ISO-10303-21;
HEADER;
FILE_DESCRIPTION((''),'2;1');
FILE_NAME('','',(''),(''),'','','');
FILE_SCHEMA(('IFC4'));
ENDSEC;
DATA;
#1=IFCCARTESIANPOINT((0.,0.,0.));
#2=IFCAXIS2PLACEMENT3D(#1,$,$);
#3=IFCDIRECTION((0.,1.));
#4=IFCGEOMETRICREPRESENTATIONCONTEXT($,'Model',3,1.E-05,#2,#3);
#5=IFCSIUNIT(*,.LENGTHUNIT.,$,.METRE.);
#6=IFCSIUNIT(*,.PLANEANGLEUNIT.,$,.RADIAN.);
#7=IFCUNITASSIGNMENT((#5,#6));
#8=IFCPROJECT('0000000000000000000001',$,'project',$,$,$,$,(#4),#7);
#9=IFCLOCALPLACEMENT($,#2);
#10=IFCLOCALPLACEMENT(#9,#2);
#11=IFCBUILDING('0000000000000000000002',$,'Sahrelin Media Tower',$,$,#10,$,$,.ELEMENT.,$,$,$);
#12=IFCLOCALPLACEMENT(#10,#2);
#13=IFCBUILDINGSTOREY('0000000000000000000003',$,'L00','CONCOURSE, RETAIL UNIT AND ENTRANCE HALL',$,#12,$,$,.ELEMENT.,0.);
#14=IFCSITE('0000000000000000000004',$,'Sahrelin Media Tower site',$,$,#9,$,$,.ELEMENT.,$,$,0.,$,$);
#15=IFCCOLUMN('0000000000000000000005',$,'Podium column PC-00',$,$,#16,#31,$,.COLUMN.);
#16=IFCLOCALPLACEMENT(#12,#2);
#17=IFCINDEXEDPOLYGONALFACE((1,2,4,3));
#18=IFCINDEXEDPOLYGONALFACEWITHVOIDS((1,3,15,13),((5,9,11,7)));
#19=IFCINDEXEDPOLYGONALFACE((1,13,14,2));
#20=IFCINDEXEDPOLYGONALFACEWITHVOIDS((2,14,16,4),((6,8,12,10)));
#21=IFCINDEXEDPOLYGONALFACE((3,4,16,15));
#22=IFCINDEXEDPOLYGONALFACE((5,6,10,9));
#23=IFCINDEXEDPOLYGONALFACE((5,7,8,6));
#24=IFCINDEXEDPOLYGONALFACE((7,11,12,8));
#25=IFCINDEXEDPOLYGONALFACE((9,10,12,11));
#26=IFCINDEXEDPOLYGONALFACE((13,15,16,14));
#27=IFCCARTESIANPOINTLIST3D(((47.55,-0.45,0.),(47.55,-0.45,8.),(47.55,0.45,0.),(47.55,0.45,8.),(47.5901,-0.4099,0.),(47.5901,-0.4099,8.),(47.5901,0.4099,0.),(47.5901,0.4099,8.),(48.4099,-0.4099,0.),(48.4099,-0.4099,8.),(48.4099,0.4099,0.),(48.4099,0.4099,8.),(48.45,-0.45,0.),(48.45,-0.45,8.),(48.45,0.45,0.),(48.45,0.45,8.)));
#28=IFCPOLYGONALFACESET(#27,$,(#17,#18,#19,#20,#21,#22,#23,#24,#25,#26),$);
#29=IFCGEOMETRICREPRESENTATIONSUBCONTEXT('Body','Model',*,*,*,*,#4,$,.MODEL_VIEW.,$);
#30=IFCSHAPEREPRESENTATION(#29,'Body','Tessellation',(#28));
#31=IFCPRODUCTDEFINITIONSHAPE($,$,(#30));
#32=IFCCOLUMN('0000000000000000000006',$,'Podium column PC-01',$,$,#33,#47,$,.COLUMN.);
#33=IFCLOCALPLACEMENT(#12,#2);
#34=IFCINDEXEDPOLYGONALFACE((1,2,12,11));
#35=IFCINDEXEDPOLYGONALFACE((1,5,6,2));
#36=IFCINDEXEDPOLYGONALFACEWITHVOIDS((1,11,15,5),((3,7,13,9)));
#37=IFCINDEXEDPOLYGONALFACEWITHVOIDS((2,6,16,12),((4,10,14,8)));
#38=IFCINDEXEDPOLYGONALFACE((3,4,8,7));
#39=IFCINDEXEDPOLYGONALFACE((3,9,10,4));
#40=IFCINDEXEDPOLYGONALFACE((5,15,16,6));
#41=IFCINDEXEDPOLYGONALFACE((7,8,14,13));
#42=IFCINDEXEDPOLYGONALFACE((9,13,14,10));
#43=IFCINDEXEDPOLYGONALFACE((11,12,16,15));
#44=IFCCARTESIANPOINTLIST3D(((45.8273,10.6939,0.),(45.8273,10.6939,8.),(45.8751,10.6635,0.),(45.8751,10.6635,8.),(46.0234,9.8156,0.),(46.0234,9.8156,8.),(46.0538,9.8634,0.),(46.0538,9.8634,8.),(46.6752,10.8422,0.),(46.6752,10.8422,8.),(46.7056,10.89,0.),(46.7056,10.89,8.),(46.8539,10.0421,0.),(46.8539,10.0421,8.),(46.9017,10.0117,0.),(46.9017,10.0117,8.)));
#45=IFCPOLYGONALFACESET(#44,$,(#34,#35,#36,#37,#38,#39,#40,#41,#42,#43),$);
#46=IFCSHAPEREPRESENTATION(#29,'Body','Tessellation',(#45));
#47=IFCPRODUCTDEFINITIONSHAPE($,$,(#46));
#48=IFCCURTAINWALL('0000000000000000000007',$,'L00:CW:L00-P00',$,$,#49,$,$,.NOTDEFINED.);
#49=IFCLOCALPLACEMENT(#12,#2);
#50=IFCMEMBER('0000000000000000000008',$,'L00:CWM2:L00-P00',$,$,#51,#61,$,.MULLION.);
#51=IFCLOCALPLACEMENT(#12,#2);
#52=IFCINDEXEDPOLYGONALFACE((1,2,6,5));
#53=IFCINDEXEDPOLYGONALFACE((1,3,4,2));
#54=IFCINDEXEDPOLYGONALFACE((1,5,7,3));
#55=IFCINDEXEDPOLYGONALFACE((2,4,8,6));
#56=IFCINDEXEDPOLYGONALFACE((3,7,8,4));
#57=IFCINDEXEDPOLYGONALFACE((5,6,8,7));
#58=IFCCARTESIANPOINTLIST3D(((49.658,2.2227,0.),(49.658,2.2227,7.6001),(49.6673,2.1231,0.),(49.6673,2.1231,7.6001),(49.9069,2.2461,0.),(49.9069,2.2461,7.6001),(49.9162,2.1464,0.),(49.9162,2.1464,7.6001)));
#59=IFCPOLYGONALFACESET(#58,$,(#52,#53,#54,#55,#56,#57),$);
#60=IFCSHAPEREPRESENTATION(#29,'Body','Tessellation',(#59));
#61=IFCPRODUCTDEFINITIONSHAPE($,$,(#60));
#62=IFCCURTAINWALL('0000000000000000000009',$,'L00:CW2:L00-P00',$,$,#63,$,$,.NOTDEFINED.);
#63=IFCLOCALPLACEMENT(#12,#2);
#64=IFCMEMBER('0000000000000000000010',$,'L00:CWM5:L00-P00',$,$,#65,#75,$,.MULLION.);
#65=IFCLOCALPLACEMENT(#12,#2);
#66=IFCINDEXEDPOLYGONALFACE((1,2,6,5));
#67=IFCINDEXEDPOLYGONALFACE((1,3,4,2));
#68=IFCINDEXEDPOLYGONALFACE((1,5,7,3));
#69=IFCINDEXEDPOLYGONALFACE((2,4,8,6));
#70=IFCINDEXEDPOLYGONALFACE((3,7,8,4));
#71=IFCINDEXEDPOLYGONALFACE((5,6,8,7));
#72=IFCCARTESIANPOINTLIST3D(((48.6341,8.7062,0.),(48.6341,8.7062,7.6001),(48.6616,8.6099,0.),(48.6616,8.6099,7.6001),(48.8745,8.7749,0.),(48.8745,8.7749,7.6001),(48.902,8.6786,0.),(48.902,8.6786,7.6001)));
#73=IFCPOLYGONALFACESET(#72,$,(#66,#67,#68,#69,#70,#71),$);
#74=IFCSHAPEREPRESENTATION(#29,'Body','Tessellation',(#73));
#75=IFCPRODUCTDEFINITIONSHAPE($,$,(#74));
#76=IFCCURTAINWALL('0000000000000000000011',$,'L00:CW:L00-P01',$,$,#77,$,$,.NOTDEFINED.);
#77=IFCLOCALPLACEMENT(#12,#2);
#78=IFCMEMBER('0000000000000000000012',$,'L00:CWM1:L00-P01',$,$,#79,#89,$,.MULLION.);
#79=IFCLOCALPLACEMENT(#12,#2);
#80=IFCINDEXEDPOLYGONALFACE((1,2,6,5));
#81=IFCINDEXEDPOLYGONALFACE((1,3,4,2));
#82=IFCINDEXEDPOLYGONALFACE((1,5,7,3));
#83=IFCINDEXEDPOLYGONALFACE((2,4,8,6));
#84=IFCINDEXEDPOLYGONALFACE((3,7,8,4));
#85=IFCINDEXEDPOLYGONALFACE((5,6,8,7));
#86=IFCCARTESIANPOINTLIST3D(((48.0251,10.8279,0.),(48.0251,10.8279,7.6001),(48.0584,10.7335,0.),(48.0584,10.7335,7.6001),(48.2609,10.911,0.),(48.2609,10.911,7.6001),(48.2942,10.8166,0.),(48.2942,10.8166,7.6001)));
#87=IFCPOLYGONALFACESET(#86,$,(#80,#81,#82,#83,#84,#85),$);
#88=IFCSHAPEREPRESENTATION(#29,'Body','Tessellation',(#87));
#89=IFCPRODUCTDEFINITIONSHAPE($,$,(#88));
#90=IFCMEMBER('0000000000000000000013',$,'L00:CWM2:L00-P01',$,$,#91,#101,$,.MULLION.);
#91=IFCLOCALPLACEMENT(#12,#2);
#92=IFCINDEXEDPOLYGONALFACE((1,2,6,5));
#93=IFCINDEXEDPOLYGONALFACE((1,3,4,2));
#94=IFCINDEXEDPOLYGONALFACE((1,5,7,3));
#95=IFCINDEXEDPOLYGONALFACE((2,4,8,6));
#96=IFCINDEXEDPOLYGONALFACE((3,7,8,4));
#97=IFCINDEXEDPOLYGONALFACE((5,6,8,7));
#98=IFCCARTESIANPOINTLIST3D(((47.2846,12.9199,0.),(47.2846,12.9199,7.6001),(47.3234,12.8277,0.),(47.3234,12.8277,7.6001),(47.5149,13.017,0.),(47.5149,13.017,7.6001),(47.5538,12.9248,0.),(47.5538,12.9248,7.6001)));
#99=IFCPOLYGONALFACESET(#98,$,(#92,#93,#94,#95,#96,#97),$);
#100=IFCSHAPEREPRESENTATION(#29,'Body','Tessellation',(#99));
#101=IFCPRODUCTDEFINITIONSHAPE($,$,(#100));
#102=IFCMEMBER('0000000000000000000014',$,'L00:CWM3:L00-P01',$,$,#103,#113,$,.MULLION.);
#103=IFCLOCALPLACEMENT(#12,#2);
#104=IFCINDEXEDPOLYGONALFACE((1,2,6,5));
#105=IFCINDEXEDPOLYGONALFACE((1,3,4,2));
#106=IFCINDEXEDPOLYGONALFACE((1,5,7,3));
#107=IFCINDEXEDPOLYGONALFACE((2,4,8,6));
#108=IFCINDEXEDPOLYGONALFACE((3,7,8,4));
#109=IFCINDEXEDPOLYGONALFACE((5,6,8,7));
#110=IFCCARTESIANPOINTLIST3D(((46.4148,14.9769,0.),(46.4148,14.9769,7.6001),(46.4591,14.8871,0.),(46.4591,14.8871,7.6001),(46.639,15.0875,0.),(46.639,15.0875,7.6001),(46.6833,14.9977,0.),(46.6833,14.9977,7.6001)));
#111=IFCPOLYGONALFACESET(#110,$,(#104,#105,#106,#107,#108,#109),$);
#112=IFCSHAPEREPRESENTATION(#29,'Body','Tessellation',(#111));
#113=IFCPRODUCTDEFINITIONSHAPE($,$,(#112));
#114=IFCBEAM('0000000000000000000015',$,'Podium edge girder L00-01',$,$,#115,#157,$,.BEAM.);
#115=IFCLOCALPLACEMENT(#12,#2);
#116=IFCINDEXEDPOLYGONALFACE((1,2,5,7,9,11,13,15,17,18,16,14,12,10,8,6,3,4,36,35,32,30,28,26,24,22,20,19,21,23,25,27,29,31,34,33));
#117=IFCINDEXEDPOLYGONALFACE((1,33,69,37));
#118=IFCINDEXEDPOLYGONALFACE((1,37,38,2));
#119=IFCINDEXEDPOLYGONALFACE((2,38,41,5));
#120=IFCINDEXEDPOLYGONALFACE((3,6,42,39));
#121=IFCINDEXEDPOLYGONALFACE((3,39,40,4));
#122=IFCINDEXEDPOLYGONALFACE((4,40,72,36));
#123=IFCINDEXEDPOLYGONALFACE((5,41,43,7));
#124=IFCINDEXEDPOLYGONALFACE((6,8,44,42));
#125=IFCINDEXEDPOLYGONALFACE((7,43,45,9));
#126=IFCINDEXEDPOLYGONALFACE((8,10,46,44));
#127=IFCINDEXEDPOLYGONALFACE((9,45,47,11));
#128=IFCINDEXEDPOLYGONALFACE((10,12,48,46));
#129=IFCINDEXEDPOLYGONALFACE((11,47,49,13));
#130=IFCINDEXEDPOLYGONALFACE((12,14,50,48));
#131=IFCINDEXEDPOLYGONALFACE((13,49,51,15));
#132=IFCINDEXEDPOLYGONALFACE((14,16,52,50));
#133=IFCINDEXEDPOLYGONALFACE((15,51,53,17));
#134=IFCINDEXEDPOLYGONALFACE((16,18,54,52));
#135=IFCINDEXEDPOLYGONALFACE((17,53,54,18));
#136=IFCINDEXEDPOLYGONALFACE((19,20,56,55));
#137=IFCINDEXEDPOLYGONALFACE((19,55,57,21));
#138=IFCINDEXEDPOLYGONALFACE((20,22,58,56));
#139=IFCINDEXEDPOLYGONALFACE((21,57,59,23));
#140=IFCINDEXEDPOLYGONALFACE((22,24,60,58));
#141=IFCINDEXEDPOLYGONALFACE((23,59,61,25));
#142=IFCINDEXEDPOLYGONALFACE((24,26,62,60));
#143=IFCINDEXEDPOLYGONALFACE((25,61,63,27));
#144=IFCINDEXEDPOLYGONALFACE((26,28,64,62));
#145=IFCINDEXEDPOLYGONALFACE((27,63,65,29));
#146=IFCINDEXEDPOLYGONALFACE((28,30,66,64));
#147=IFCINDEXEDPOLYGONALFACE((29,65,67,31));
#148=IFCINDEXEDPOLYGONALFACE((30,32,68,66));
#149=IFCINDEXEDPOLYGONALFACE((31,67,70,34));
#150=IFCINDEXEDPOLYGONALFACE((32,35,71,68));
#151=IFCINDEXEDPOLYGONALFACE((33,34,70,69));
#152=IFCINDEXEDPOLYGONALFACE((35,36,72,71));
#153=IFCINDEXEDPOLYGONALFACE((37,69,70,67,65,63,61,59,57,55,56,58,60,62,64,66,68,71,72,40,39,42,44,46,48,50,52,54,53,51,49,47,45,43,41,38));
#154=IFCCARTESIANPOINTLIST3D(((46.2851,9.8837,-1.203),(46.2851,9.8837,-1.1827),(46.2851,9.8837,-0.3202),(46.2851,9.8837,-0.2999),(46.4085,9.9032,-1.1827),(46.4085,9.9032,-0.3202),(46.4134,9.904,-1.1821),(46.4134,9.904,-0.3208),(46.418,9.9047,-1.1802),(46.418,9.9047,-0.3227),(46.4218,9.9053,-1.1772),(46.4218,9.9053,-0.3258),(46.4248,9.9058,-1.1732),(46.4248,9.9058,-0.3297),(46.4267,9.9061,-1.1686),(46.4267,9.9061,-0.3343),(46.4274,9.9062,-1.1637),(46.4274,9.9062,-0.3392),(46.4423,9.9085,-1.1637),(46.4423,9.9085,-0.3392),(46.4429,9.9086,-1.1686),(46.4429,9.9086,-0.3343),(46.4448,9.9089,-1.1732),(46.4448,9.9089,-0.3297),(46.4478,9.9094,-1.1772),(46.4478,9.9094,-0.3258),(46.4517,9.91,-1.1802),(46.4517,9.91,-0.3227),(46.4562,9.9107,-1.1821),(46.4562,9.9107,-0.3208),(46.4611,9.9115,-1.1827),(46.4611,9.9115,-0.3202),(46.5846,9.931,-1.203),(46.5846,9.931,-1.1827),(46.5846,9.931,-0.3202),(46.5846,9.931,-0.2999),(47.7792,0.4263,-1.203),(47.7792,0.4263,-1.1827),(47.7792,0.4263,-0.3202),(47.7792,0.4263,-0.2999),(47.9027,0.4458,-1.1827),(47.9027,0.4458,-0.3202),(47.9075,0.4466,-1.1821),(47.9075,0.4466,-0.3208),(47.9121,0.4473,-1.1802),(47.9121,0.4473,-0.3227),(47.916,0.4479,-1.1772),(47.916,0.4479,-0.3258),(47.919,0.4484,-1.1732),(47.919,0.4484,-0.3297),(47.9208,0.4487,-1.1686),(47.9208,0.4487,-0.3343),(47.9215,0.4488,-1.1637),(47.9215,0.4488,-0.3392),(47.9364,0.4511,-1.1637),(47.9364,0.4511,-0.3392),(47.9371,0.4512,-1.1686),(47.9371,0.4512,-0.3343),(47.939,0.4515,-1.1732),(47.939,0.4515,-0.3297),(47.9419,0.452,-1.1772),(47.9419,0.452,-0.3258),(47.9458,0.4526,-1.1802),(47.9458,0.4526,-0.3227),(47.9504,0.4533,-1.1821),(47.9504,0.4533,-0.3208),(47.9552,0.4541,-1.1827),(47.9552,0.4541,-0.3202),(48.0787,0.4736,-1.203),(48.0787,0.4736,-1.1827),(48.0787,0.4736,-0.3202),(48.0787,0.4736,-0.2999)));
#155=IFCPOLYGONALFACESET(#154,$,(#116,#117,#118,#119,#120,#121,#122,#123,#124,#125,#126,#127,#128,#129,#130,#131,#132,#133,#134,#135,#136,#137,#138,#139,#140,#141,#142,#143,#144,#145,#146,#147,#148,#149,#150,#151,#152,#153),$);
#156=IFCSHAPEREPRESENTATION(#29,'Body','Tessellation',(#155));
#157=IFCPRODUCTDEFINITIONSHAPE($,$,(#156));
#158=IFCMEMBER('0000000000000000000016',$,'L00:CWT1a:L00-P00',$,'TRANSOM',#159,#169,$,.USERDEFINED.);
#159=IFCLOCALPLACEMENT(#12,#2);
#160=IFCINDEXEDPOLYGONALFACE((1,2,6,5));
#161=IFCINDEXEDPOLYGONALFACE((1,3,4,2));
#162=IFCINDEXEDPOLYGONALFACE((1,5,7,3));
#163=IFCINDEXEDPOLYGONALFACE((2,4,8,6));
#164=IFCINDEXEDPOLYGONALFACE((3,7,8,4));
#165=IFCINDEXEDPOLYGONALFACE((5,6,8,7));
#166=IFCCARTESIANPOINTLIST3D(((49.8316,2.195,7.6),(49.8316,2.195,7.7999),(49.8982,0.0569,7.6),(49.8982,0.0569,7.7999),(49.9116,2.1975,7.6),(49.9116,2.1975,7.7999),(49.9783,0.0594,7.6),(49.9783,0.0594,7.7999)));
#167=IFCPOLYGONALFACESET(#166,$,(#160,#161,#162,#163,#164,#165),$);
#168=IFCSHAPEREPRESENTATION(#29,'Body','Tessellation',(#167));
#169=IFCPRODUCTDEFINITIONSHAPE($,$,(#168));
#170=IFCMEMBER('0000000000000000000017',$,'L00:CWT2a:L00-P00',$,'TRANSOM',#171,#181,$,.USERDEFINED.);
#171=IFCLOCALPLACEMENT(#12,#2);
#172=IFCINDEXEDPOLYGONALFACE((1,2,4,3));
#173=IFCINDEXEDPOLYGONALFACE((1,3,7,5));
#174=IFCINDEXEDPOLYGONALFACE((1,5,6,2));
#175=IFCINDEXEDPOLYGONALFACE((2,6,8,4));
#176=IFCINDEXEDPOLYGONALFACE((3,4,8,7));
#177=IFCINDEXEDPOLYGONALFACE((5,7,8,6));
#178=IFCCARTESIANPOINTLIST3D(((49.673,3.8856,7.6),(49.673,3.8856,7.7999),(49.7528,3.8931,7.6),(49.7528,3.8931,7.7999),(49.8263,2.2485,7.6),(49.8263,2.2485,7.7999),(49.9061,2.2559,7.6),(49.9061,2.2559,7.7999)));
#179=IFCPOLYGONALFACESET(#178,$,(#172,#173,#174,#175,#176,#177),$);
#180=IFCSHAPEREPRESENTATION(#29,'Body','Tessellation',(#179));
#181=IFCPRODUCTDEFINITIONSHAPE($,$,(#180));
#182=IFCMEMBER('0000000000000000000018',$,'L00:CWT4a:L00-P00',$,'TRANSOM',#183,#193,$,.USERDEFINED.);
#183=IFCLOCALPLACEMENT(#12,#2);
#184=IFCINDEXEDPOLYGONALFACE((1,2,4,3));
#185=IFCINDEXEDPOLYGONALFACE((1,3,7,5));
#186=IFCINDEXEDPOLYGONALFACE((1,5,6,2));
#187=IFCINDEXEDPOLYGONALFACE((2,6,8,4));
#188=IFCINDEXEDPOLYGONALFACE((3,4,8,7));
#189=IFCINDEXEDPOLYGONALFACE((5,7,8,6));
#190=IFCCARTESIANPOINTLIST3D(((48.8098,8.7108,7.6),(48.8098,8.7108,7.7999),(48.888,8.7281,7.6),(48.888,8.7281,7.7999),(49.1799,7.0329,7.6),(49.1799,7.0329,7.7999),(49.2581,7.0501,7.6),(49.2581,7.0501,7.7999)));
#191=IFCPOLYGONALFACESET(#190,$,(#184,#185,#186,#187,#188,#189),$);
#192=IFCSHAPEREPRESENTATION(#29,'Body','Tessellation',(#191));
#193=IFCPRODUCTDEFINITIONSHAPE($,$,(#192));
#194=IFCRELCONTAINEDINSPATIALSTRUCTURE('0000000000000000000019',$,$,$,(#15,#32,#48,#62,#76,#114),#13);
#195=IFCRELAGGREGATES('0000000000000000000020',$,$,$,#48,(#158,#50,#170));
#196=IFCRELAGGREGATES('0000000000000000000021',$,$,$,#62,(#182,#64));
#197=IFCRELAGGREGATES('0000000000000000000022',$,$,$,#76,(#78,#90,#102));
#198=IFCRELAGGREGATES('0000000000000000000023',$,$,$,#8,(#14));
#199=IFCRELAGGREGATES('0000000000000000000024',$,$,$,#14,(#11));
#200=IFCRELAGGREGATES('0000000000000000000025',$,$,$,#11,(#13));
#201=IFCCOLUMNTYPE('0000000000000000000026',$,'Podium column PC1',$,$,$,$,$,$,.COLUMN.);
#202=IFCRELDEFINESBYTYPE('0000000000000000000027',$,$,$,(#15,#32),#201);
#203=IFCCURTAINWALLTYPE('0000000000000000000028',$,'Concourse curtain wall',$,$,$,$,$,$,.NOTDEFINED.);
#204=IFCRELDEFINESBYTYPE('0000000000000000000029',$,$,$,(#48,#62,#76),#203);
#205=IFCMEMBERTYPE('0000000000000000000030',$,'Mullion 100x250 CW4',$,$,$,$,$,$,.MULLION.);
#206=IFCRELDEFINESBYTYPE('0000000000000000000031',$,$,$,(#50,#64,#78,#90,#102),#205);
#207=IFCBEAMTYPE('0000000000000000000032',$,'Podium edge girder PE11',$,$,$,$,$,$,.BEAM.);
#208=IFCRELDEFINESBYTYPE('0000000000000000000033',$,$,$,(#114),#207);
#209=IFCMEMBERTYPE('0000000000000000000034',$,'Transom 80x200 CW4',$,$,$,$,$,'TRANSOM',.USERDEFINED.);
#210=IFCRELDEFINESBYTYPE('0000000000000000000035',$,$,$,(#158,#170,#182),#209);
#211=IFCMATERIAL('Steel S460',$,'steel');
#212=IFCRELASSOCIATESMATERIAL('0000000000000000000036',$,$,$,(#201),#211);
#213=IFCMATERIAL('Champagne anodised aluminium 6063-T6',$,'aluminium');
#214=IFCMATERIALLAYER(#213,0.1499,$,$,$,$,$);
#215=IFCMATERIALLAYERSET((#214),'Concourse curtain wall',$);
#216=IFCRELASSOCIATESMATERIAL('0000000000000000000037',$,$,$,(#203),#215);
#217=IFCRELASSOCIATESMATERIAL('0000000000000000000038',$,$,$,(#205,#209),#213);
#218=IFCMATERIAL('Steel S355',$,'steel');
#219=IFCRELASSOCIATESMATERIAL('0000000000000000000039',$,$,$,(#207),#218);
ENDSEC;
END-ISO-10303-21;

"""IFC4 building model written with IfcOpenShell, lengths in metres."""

from ifc_helpers import new_model, si_unit, direction, frame, origin, origin_2d, place, context, subcontext, project, spatial, rectangle, hollow_rectangle, i_section, extrude, material, layer, layer_set, material_profile, profile_set, type_object, element, aggregate, save


model = new_model("IFC4")

# Units and contexts
model_context = context("Model", 3, precision=1e-05, world=origin(), true_north=direction((0.0, 1.0)))
body_context = subcontext(model_context, "Body", "Model", "MODEL_VIEW")
ifc_project = project(units=[si_unit("LENGTHUNIT", "METRE"), si_unit("PLANEANGLEUNIT", "RADIAN")], contexts=[model_context])

# Site, building, storey
site_placement = place(None, origin())
site = spatial("IfcSite", under=ifc_project, at=site_placement, Name="Sahrelin Media Tower site", CompositionType="ELEMENT", RefElevation=0.0)
building_placement = place(site_placement, origin())
building = spatial("IfcBuilding", under=site, at=building_placement, Name="Sahrelin Media Tower", CompositionType="ELEMENT")
storey_placement = place(building_placement, origin())
storey = spatial("IfcBuildingStorey", under=building, at=storey_placement, Name="L00", Description="CONCOURSE, RETAIL UNIT AND ENTRANCE HALL", CompositionType="ELEMENT", Elevation=0.0)

# Columns
ifc_material_1 = material(Name="Steel S460", Category="steel")
ifc_material_profile_1 = material_profile(ifc_material_1, hollow_rectangle(XDim=0.8999, YDim=0.8999, WallThickness=0.04, at=origin_2d()), Name="Podium column PC1")
ifc_profile_set_1 = profile_set([ifc_material_profile_1], Name="Steel S460")
column_type = type_object("IfcColumnType", Name="Podium column PC1", PredefinedType="COLUMN", material=ifc_profile_set_1)
for number, where, z_axis, x_axis, name in (
    (1, (48.0, 0.0, 0.0), (0.0, 0.0, 1.0), (1.0, 0.0, 0.0), "Podium column PC-00"),
    (2, (46.3645, 10.3528, 0.0), (0.0, 0.0, 1.0), (0.975965, 0.217925, 0.0), "Podium column PC-01"),
):
    element("IfcColumn", number, at=place(storey_placement, frame(where, z_axis=z_axis, x_axis=x_axis)), inside=storey, type_object=column_type, Name=name, PredefinedType="COLUMN", context=body_context, shape_type="SweptSolid", body=[
        extrude(hollow_rectangle(XDim=0.8999, YDim=0.8999, WallThickness=0.04, at=origin_2d()), origin(), (0.0, 0.0, 1.0), 8.0),
    ])

# Curtain walls, members
ifc_material_2 = material(Name="Champagne anodised aluminium 6063-T6", Category="aluminium")
ifc_layer_1 = layer(ifc_material_2, 0.1499)
ifc_layer_set_1 = layer_set([ifc_layer_1], Name="Concourse curtain wall")
curtain_wall_type = type_object("IfcCurtainWallType", Name="Concourse curtain wall", PredefinedType="NOTDEFINED", material=ifc_layer_set_1)
curtain_wall_1_placement = place(storey_placement, frame((50.0, 0.0, 0.0), z_axis=(0.0, 0.0, 1.0), x_axis=(1.0, 0.0, 0.0)))
curtain_wall_1 = element("IfcCurtainWall", 3, at=curtain_wall_1_placement, inside=storey, type_object=curtain_wall_type, Name="L00:CW:L00-P00", PredefinedType="NOTDEFINED")
ifc_material_profile_2 = material_profile(ifc_material_2, rectangle(XDim=0.1001, YDim=0.25, at=origin_2d()), Name="Mullion 100x250")
ifc_profile_set_2 = profile_set([ifc_material_profile_2], Name="Champagne anodised aluminium 6063-T6")
member_type_1 = type_object("IfcMemberType", Name="Mullion 100x250 CW4", PredefinedType="MULLION", material=ifc_profile_set_2)
member_1_placement = place(storey_placement, frame((49.7871, 2.1846, 0.0), z_axis=(0.0, 0.0, 1.0), x_axis=(-0.093292, 0.995639, 0.0)))
member_1 = element("IfcMember", 4, at=member_1_placement, type_object=member_type_1, Name="L00:CWM2:L00-P00", PredefinedType="MULLION", context=body_context, shape_type="SweptSolid", body=[
    extrude(rectangle(XDim=0.1001, YDim=0.25, at=origin_2d()), origin(), (0.0, 0.0, 1.0), 7.6001),
])
curtain_wall_2_placement = place(storey_placement, frame((49.2776, 7.0544, 0.0), z_axis=(0.0, 0.0, 1.0), x_axis=(1.0, 0.0, 0.0)))
curtain_wall_2 = element("IfcCurtainWall", 5, at=curtain_wall_2_placement, inside=storey, type_object=curtain_wall_type, Name="L00:CW2:L00-P00", PredefinedType="NOTDEFINED")
member_2_placement = place(storey_placement, frame((48.7681, 8.6924, 0.0), z_axis=(0.0, 0.0, 1.0), x_axis=(-0.27481, 0.961499, 0.0)))
member_2 = element("IfcMember", 6, at=member_2_placement, type_object=member_type_1, Name="L00:CWM5:L00-P00", PredefinedType="MULLION", context=body_context, shape_type="SweptSolid", body=[
    extrude(rectangle(XDim=0.1001, YDim=0.25, at=origin_2d()), origin(), (0.0, 0.0, 1.0), 7.6001),
])

# Curtain wall, members
curtain_wall_3_placement = place(storey_placement, frame((48.2964, 10.8704, 0.0), z_axis=(0.0, 0.0, 1.0), x_axis=(1.0, 0.0, 0.0)))
curtain_wall_3 = element("IfcCurtainWall", 7, at=curtain_wall_3_placement, inside=storey, type_object=curtain_wall_type, Name="L00:CW:L00-P01", PredefinedType="NOTDEFINED")
member_3_placement = place(storey_placement, frame((48.1597, 10.8223, 0.0), z_axis=(0.0, 0.0, 1.0), x_axis=(-0.332579, 0.943075, 0.0)))
member_3 = element("IfcMember", 8, at=member_3_placement, type_object=member_type_1, Name="L00:CWM1:L00-P01", PredefinedType="MULLION", context=body_context, shape_type="SweptSolid", body=[
    extrude(rectangle(XDim=0.1001, YDim=0.25, at=origin_2d()), origin(), (0.0, 0.0, 1.0), 7.6001),
])
member_4_placement = place(storey_placement, frame((47.4192, 12.9224, 0.0), z_axis=(0.0, 0.0, 1.0), x_axis=(-0.38845, 0.92147, 0.0)))
member_4 = element("IfcMember", 9, at=member_4_placement, type_object=member_type_1, Name="L00:CWM2:L00-P01", PredefinedType="MULLION", context=body_context, shape_type="SweptSolid", body=[
    extrude(rectangle(XDim=0.1001, YDim=0.25, at=origin_2d()), origin(), (0.0, 0.0, 1.0), 7.6001),
])
member_5_placement = place(storey_placement, frame((46.5491, 14.9873, 0.0), z_axis=(0.0, 0.0, 1.0), x_axis=(-0.442262, 0.896886, 0.0)))
member_5 = element("IfcMember", 10, at=member_5_placement, type_object=member_type_1, Name="L00:CWM3:L00-P01", PredefinedType="MULLION", context=body_context, shape_type="SweptSolid", body=[
    extrude(rectangle(XDim=0.1001, YDim=0.25, at=origin_2d()), origin(), (0.0, 0.0, 1.0), 7.6001),
])

# Beam
ifc_material_3 = material(Name="Steel S355", Category="steel")
ifc_material_profile_3 = material_profile(ifc_material_3, i_section(OverallWidth=0.3032, OverallDepth=0.9031, WebThickness=0.0151, FlangeThickness=0.0203, FilletRadius=0.019, at=origin_2d()), Name="UB 914x305x201")
ifc_profile_set_3 = profile_set([ifc_material_profile_3], Name="Steel S355")
beam_type = type_object("IfcBeamType", Name="Podium edge girder PE11", PredefinedType="BEAM", material=ifc_profile_set_3)
beam_placement = place(storey_placement, frame((47.929, 0.45, -0.7515), z_axis=(-0.156049, 0.987749, 0.0), x_axis=(-0.987749, -0.156049, 0.0)))
element("IfcBeam", 11, at=beam_placement, inside=storey, type_object=beam_type, Name="Podium edge girder L00-01", PredefinedType="BEAM", context=body_context, shape_type="SweptSolid", body=[
    extrude(i_section(OverallWidth=0.3032, OverallDepth=0.9031, WebThickness=0.0151, FlangeThickness=0.0203, FilletRadius=0.019, at=origin_2d()), origin(), (0.0, 0.0, 1.0), 9.5747),
])

# Members
ifc_material_profile_4 = material_profile(ifc_material_2, rectangle(XDim=0.0801, YDim=0.2, at=origin_2d()), Name="Transom 80x200")
ifc_profile_set_4 = profile_set([ifc_material_profile_4], Name="Champagne anodised aluminium 6063-T6")
member_type_2 = type_object("IfcMemberType", Name="Transom 80x200 CW4", ElementType="TRANSOM", PredefinedType="USERDEFINED", material=ifc_profile_set_4)
member_6_placement = place(storey_placement, frame((49.9382, 0.0581, 7.7), z_axis=(-0.031156, 0.999515, 0.0), x_axis=(-0.999515, -0.031156, 0.0)))
member_6 = element("IfcMember", 12, at=member_6_placement, type_object=member_type_2, Name="L00:CWT1a:L00-P00", ObjectType="TRANSOM", PredefinedType="USERDEFINED", context=body_context, shape_type="SweptSolid", body=[
    extrude(rectangle(XDim=0.0801, YDim=0.2, at=origin_2d()), origin(), (0.0, 0.0, 1.0), 2.1392),
])
member_7_placement = place(storey_placement, frame((49.8662, 2.2522, 7.7), z_axis=(-0.09324, 0.995644, 0.0), x_axis=(-0.995644, -0.09324, 0.0)))
member_7 = element("IfcMember", 13, at=member_7_placement, type_object=member_type_2, Name="L00:CWT2a:L00-P00", ObjectType="TRANSOM", PredefinedType="USERDEFINED", context=body_context, shape_type="SweptSolid", body=[
    extrude(rectangle(XDim=0.0801, YDim=0.2, at=origin_2d()), origin(), (0.0, 0.0, 1.0), 1.6443),
])
member_8_placement = place(storey_placement, frame((49.219, 7.0415, 7.7), z_axis=(-0.215396, 0.976527, 0.0), x_axis=(-0.976527, -0.215396, 0.0)))
member_8 = element("IfcMember", 14, at=member_8_placement, type_object=member_type_2, Name="L00:CWT4a:L00-P00", ObjectType="TRANSOM", PredefinedType="USERDEFINED", context=body_context, shape_type="SweptSolid", body=[
    extrude(rectangle(XDim=0.0801, YDim=0.2, at=origin_2d()), origin(), (0.0, 0.0, 1.0), 1.7183),
])

aggregate(curtain_wall_1, [member_6, member_1, member_7])
aggregate(curtain_wall_2, [member_8, member_2])
aggregate(curtain_wall_3, [member_3, member_4, member_5])

save(model, "model.ifc")
